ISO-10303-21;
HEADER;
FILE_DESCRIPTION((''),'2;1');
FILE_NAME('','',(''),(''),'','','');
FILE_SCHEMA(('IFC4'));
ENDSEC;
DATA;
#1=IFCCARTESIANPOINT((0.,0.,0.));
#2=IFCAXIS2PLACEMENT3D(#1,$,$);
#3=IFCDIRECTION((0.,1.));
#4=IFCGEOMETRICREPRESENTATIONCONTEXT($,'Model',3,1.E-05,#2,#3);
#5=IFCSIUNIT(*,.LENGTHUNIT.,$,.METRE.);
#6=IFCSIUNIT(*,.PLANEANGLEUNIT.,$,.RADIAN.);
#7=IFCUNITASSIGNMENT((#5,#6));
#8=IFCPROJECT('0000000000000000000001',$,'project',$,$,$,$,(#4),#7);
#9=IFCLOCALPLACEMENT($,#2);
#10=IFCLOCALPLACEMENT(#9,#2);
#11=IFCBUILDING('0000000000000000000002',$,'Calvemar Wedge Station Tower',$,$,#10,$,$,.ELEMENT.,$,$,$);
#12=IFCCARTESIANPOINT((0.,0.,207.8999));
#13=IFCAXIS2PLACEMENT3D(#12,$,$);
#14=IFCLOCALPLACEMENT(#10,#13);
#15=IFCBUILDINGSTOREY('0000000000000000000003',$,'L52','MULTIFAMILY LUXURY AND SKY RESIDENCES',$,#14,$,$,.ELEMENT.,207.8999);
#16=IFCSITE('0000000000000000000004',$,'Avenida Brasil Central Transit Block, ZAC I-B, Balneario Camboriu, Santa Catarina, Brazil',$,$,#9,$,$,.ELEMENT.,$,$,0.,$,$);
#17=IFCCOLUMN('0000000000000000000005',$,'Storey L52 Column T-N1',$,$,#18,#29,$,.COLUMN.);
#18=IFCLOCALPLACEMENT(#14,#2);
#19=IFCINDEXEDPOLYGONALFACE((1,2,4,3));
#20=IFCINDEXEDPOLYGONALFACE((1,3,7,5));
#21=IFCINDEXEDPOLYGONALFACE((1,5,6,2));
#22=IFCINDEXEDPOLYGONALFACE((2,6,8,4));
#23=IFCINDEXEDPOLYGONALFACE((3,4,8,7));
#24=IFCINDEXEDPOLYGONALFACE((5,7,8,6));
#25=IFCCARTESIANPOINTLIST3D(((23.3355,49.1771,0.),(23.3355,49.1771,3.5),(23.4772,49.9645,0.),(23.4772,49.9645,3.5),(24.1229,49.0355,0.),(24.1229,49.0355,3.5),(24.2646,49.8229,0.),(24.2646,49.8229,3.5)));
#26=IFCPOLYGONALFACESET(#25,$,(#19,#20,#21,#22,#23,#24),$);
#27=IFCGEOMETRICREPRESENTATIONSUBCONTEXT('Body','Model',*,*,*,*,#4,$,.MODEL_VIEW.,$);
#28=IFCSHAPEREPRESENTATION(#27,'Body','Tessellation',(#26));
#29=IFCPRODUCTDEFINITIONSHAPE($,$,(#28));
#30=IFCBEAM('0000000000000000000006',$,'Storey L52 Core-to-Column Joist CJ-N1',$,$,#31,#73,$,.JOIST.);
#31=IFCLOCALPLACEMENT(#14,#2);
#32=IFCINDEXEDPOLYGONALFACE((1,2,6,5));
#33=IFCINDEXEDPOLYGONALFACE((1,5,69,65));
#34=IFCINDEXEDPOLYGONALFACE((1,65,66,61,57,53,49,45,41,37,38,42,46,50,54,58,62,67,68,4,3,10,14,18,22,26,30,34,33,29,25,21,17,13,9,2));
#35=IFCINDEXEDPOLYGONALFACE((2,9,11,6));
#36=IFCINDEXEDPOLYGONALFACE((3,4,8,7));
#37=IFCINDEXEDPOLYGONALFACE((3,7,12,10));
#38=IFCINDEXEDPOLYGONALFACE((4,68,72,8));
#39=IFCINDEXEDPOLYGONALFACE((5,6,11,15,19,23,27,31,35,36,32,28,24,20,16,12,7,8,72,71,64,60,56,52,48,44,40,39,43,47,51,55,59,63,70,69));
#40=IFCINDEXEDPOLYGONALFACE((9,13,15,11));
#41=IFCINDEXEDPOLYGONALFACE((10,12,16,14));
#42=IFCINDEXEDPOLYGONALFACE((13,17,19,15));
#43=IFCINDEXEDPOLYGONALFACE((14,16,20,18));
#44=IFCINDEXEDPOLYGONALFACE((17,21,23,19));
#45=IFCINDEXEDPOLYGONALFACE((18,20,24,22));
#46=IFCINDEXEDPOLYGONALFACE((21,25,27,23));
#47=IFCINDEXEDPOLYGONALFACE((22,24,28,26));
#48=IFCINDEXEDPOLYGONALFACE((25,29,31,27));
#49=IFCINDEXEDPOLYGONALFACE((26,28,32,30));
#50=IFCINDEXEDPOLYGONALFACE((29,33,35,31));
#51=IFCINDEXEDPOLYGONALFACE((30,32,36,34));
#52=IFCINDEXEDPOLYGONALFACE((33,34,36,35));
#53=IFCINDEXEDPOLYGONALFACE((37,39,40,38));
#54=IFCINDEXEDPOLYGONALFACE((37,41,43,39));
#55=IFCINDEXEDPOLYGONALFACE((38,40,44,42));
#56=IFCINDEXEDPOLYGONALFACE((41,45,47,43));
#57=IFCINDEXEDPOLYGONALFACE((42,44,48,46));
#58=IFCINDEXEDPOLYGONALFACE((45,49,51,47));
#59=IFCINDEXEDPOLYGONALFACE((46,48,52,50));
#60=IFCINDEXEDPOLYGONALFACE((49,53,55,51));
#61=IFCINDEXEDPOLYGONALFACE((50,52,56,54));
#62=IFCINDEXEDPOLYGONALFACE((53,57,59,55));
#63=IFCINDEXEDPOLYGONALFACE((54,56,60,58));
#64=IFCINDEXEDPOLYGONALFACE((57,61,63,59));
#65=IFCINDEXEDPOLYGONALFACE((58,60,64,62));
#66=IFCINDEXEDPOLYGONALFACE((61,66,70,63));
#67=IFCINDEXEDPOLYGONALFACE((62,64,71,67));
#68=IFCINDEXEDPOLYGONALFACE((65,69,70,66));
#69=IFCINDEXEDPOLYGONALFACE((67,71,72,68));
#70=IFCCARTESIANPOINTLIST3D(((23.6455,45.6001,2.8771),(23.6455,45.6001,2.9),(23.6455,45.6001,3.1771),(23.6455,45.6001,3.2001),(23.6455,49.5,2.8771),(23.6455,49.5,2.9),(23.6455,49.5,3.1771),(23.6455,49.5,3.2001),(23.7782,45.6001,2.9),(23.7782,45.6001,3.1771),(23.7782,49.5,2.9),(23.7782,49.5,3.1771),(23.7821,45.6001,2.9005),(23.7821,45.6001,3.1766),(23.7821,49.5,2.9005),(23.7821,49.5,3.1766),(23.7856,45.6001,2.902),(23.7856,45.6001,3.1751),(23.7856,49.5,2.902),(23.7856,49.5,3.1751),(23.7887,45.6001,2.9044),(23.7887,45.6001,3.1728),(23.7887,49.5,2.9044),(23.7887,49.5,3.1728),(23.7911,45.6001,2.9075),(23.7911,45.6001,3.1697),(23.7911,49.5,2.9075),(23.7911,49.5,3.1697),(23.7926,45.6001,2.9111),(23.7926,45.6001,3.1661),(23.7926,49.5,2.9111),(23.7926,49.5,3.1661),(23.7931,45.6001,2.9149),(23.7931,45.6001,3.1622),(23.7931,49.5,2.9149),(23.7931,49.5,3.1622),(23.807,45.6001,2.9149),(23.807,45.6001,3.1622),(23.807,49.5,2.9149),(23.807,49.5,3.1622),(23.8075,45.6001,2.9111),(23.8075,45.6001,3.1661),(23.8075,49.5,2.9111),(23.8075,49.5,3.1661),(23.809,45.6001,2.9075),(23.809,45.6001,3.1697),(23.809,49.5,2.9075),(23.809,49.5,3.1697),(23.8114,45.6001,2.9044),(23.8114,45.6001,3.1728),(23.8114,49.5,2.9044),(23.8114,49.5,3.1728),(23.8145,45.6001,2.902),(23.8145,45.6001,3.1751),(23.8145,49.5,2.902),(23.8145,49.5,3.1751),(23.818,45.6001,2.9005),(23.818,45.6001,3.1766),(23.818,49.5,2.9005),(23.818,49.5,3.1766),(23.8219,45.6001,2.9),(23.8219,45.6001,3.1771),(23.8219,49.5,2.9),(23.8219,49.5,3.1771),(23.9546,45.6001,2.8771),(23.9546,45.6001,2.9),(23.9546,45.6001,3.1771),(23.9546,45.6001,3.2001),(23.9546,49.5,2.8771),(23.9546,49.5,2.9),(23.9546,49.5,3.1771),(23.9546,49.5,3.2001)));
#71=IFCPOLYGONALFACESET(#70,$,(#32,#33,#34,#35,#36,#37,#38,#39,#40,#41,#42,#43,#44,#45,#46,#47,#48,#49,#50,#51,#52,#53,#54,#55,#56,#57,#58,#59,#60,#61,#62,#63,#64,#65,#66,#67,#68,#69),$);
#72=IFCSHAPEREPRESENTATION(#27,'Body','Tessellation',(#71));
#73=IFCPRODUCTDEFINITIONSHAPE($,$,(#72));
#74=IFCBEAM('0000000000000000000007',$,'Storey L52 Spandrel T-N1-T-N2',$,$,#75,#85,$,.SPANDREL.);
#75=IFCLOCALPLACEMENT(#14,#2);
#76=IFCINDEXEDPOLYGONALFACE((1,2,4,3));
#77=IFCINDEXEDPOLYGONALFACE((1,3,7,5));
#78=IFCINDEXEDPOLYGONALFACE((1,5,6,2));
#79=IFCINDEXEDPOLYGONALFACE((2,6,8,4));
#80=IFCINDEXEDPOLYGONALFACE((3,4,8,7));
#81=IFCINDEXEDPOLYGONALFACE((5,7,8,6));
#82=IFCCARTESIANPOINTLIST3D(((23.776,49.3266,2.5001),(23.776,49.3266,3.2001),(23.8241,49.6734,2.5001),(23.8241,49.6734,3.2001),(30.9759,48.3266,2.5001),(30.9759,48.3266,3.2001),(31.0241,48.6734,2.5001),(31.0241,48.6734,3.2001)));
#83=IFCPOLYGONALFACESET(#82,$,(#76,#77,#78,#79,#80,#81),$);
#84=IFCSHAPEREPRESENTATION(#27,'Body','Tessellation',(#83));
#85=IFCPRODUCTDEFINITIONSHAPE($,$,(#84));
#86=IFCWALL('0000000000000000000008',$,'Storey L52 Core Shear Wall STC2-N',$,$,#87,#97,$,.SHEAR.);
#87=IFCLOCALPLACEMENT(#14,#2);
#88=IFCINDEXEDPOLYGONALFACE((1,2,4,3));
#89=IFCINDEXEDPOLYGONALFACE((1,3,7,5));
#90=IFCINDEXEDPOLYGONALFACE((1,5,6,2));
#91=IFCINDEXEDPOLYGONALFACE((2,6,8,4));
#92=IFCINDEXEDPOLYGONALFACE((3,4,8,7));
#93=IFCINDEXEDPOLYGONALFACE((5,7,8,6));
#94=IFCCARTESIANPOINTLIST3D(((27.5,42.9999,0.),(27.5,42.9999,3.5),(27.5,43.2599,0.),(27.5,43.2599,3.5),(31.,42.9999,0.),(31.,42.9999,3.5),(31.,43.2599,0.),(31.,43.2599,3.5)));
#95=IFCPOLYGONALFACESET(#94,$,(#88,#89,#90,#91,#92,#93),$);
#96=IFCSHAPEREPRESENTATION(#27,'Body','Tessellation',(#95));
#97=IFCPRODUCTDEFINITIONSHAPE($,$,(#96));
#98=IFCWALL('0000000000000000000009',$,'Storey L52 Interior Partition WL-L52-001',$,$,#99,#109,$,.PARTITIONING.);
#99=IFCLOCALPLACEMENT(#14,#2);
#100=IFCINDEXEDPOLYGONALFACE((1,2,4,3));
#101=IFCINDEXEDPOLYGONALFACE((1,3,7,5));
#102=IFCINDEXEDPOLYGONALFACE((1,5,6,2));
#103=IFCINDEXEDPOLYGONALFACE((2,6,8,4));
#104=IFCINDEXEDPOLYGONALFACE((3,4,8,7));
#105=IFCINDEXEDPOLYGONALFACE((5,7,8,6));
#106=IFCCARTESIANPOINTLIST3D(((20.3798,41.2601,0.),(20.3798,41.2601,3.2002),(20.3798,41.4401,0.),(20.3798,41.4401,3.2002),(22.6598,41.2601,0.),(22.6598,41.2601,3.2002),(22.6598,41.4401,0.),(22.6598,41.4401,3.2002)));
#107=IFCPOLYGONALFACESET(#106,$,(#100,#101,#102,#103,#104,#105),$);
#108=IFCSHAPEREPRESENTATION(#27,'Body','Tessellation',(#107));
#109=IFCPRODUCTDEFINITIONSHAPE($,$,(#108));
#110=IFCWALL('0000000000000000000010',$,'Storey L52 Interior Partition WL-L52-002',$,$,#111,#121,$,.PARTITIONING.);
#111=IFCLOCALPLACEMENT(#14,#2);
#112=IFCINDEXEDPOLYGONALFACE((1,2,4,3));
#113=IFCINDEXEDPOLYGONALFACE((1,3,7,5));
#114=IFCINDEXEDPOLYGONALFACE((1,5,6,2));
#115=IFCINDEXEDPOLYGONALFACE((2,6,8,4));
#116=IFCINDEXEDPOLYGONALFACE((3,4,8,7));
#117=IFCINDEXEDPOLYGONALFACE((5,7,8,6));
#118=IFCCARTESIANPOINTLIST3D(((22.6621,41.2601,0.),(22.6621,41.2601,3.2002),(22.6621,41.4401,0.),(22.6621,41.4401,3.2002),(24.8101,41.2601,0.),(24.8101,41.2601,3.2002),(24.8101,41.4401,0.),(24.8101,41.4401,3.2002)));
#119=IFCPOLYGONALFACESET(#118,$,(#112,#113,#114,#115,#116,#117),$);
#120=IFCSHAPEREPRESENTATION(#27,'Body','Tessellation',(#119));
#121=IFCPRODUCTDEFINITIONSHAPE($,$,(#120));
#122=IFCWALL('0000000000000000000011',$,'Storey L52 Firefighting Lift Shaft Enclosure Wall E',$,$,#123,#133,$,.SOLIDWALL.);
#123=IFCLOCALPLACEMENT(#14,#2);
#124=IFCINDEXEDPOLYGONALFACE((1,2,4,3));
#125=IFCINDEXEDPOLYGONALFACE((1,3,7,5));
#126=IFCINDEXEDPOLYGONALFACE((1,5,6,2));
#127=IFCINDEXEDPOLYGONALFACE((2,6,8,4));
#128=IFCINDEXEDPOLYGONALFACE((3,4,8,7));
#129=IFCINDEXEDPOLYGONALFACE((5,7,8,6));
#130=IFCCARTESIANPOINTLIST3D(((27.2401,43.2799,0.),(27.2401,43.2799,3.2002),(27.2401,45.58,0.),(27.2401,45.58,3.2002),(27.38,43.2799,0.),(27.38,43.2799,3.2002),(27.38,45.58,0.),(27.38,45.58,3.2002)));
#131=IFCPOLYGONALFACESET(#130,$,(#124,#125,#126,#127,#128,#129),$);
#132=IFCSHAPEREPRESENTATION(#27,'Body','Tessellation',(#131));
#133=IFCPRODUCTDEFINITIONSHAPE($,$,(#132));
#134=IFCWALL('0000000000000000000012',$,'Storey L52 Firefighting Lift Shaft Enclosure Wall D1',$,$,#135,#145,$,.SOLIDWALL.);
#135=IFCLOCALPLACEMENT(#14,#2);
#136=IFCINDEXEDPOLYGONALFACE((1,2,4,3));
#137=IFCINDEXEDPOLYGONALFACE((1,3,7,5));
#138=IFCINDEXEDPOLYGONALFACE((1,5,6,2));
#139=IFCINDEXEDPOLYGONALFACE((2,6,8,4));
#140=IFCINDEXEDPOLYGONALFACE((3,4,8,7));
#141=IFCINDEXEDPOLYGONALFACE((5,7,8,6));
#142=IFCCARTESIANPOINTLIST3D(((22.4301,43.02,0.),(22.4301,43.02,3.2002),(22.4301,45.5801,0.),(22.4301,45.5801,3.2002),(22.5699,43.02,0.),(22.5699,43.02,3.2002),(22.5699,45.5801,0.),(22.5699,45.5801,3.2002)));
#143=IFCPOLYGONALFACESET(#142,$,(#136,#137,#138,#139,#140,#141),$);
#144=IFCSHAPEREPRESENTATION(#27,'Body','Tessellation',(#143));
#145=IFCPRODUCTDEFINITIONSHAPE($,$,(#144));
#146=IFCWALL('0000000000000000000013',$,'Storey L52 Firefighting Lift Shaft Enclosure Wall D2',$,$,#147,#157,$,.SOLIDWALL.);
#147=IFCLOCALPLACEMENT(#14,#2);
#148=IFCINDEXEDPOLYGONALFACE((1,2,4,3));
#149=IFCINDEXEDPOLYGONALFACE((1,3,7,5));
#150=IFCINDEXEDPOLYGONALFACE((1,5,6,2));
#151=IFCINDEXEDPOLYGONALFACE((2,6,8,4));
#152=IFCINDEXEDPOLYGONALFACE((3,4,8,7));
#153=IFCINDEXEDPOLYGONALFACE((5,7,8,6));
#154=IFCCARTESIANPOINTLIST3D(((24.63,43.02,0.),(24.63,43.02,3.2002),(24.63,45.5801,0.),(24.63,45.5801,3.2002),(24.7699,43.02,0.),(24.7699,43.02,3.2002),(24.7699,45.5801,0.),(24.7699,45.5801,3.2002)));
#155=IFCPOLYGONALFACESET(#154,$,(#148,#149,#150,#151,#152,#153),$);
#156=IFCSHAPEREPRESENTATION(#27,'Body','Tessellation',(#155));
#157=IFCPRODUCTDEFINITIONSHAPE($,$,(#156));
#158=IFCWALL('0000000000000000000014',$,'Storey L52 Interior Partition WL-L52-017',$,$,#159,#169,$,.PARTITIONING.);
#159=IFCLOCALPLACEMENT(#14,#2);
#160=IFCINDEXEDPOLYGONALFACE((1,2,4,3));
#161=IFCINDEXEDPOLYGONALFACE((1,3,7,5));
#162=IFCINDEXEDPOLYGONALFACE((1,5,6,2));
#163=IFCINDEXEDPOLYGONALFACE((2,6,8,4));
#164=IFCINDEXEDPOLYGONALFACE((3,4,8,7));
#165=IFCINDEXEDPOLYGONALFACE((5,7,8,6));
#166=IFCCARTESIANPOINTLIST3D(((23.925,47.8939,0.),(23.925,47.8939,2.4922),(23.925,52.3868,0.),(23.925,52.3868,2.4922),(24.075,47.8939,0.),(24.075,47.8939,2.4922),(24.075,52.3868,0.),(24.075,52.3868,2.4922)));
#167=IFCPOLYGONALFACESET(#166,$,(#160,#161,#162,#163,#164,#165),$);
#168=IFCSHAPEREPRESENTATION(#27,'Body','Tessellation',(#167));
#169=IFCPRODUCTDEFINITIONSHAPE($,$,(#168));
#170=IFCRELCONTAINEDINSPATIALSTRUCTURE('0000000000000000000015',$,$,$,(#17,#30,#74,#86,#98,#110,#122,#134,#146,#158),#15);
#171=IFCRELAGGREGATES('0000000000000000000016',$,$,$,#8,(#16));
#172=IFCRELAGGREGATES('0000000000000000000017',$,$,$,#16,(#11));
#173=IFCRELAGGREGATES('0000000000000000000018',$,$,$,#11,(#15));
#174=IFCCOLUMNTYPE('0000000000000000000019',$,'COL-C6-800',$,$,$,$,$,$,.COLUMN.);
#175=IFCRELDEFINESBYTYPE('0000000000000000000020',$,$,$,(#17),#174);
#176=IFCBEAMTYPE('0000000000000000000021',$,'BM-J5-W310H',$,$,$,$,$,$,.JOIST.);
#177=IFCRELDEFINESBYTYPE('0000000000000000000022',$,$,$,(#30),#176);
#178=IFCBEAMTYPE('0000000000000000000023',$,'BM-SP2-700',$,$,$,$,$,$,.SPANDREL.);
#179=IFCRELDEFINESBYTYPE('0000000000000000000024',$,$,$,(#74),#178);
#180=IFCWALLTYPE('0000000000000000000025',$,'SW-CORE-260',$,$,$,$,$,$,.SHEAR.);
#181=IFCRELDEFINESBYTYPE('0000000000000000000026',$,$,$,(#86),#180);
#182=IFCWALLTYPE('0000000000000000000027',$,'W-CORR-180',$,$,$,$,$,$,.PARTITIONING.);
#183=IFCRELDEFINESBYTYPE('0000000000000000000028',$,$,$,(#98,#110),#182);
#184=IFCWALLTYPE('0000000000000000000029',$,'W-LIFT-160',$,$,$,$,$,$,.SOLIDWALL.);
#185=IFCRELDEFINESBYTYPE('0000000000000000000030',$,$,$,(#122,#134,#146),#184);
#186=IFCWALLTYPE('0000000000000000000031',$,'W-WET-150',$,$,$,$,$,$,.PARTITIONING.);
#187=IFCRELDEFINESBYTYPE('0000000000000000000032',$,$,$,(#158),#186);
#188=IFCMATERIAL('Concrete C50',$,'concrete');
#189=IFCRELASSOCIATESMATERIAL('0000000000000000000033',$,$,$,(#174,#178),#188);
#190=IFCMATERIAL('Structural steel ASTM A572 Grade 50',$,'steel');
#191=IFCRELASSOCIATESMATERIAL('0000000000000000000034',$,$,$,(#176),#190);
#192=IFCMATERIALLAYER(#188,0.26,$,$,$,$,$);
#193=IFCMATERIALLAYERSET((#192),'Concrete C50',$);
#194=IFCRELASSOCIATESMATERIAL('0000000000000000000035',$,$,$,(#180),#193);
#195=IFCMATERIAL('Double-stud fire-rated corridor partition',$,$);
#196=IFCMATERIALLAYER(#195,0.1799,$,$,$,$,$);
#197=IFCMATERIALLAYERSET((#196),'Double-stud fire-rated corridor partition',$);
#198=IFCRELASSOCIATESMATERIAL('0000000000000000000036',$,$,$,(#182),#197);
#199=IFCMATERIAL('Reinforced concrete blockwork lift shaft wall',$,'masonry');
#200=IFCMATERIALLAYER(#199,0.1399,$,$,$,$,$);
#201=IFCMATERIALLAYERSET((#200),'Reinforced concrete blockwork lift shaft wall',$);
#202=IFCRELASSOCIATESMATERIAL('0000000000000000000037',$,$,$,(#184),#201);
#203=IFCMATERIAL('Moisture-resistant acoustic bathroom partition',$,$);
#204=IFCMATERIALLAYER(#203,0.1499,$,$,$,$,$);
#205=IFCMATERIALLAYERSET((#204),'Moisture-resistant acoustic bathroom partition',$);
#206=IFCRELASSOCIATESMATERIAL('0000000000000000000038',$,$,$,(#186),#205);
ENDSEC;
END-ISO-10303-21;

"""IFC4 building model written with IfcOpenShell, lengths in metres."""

from ifc_helpers import new_model, si_unit, direction, frame, frame_2d, origin, origin_2d, place, context, subcontext, project, spatial, rectangle, i_section, extrude, source, transform, mapped, material, layer, layer_set, material_profile, profile_set, type_object, element, save


model = new_model("IFC4")

# Units and contexts
model_context = context("Model", 3, precision=1e-05, world=origin(), true_north=direction((0.0, 1.0)))
body_context = subcontext(model_context, "Body", "Model", "MODEL_VIEW")
ifc_project = project(units=[si_unit("LENGTHUNIT", "METRE"), si_unit("PLANEANGLEUNIT", "RADIAN")], contexts=[model_context])

# Site, building, storey
site_placement = place(None, origin())
site = spatial("IfcSite", under=ifc_project, at=site_placement, Name="Avenida Brasil Central Transit Block, ZAC I-B, Balneario Camboriu, Santa Catarina, Brazil", CompositionType="ELEMENT", RefElevation=0.0)
building_placement = place(site_placement, origin())
building = spatial("IfcBuilding", under=site, at=building_placement, Name="Calvemar Wedge Station Tower", CompositionType="ELEMENT")
storey_placement = place(building_placement, frame((0.0, 0.0, 207.8999)))
storey = spatial("IfcBuildingStorey", under=building, at=storey_placement, Name="L52", Description="MULTIFAMILY LUXURY AND SKY RESIDENCES", CompositionType="ELEMENT", Elevation=207.8999)

# Column
ifc_material_1 = material(Name="Concrete C50", Category="concrete")
ifc_material_profile_1 = material_profile(ifc_material_1, rectangle(XDim=0.8, YDim=0.8, at=origin_2d()), Name="RC800x800")
ifc_profile_set_1 = profile_set([ifc_material_profile_1], Name="Concrete C50")
column_type = type_object("IfcColumnType", Name="COL-C6-800", PredefinedType="COLUMN", material=ifc_profile_set_1)
shared_shape_1 = source(origin(), body_context, "Body", "SweptSolid", [
    extrude(rectangle(XDim=0.8, YDim=0.8, at=origin_2d()), origin(), (0.0, 0.0, 1.0), 3.5),
])
column_placement = place(storey_placement, frame((23.8, 49.5, 0.0), z_axis=(0.0, 0.0, 1.0), x_axis=(0.984196, -0.177085, 0.0)))
element("IfcColumn", 1, at=column_placement, inside=storey, type_object=column_type, Name="Storey L52 Column T-N1", PredefinedType="COLUMN", context=body_context, shape_type="MappedRepresentation", body=[
    mapped(shared_shape_1, transform((0.0, 0.0, 0.0), scale=1.0)),
])

# Beams
ifc_material_2 = material(Name="Structural steel ASTM A572 Grade 50", Category="steel")
ifc_material_profile_2 = material_profile(ifc_material_2, i_section(OverallWidth=0.3091, OverallDepth=0.323, WebThickness=0.0139, FlangeThickness=0.0229, FilletRadius=0.0149, at=origin_2d()), Name="W310x143")
ifc_profile_set_2 = profile_set([ifc_material_profile_2], Name="Structural steel ASTM A572 Grade 50")
beam_type_1 = type_object("IfcBeamType", Name="BM-J5-W310H", PredefinedType="JOIST", material=ifc_profile_set_2)
shared_shape_2 = source(origin(), body_context, "Body", "SweptSolid", [
    extrude(i_section(OverallWidth=0.3091, OverallDepth=0.323, WebThickness=0.0139, FlangeThickness=0.0229, FilletRadius=0.0149, at=origin_2d()), origin(), (0.0, 0.0, 1.0), 3.8999),
])
beam_1_placement = place(storey_placement, frame((23.8, 45.6001, 3.0386), z_axis=(0.0, 1.0, 0.0), x_axis=(-1.0, 0.0, 0.0)))
element("IfcBeam", 2, at=beam_1_placement, inside=storey, type_object=beam_type_1, Name="Storey L52 Core-to-Column Joist CJ-N1", PredefinedType="JOIST", context=body_context, shape_type="MappedRepresentation", body=[
    mapped(shared_shape_2, transform((0.0, 0.0, 0.0), scale=1.0)),
])
ifc_material_profile_3 = material_profile(ifc_material_1, rectangle(XDim=0.3501, YDim=0.7, at=origin_2d()), Name="RC350x700")
ifc_profile_set_3 = profile_set([ifc_material_profile_3], Name="Concrete C50")
beam_type_2 = type_object("IfcBeamType", Name="BM-SP2-700", PredefinedType="SPANDREL", material=ifc_profile_set_3)
shared_shape_3 = source(origin(), body_context, "Body", "SweptSolid", [
    extrude(rectangle(XDim=0.3501, YDim=0.7, at=origin_2d()), origin(), (0.0, 0.0, 1.0), 7.269),
])
beam_2_placement = place(storey_placement, frame((23.8, 49.5, 2.8501), z_axis=(0.990492, -0.137569, 0.0), x_axis=(0.137569, 0.990492, 0.0)))
element("IfcBeam", 3, at=beam_2_placement, inside=storey, type_object=beam_type_2, Name="Storey L52 Spandrel T-N1-T-N2", PredefinedType="SPANDREL", context=body_context, shape_type="MappedRepresentation", body=[
    mapped(shared_shape_3, transform((0.0, 0.0, 0.0), scale=1.0)),
])

# Walls
ifc_layer_1 = layer(ifc_material_1, 0.26)
ifc_layer_set_1 = layer_set([ifc_layer_1], Name="Concrete C50")
wall_type_1 = type_object("IfcWallType", Name="SW-CORE-260", PredefinedType="SHEAR", material=ifc_layer_set_1)
wall_1_placement = place(storey_placement, frame((27.5, 43.1299, 0.0), z_axis=(0.0, 0.0, 1.0), x_axis=(1.0, 0.0, 0.0)))
element("IfcWall", 4, at=wall_1_placement, inside=storey, type_object=wall_type_1, Name="Storey L52 Core Shear Wall STC2-N", PredefinedType="SHEAR", context=body_context, shape_type="SweptSolid", body=[
    extrude(rectangle(XDim=3.5, YDim=0.26, at=frame_2d((1.75, 0.0))), origin(), (0.0, 0.0, 1.0), 3.5),
])
ifc_material_3 = material(Name="Double-stud fire-rated corridor partition")
ifc_layer_2 = layer(ifc_material_3, 0.1799)
ifc_layer_set_2 = layer_set([ifc_layer_2], Name="Double-stud fire-rated corridor partition")
wall_type_2 = type_object("IfcWallType", Name="W-CORR-180", PredefinedType="PARTITIONING", material=ifc_layer_set_2)
wall_2_placement = place(storey_placement, frame((22.6599, 41.3501, 0.0), z_axis=(0.0, 0.0, 1.0), x_axis=(-1.0, 0.0, 0.0)))
element("IfcWall", 5, at=wall_2_placement, inside=storey, type_object=wall_type_2, Name="Storey L52 Interior Partition WL-L52-001", PredefinedType="PARTITIONING", context=body_context, shape_type="SweptSolid", body=[
    extrude(rectangle(XDim=2.28, YDim=0.1799, at=frame_2d((1.1401, 0.0))), origin(), (0.0, 0.0, 1.0), 3.2002),
])
wall_3_placement = place(storey_placement, frame((24.8101, 41.3501, 0.0), z_axis=(0.0, 0.0, 1.0), x_axis=(-1.0, 0.0, 0.0)))
element("IfcWall", 6, at=wall_3_placement, inside=storey, type_object=wall_type_2, Name="Storey L52 Interior Partition WL-L52-002", PredefinedType="PARTITIONING", context=body_context, shape_type="SweptSolid", body=[
    extrude(rectangle(XDim=2.1479, YDim=0.1799, at=frame_2d((1.074, 0.0))), origin(), (0.0, 0.0, 1.0), 3.2002),
])

# Walls
ifc_material_4 = material(Name="Reinforced concrete blockwork lift shaft wall", Category="masonry")
ifc_layer_3 = layer(ifc_material_4, 0.1399)
ifc_layer_set_3 = layer_set([ifc_layer_3], Name="Reinforced concrete blockwork lift shaft wall")
wall_type_3 = type_object("IfcWallType", Name="W-LIFT-160", PredefinedType="SOLIDWALL", material=ifc_layer_set_3)
wall_4_placement = place(storey_placement, frame((27.3101, 43.28, 0.0), z_axis=(0.0, 0.0, 1.0), x_axis=(0.0, 1.0, 0.0)))
element("IfcWall", 7, at=wall_4_placement, inside=storey, type_object=wall_type_3, Name="Storey L52 Firefighting Lift Shaft Enclosure Wall E", PredefinedType="SOLIDWALL", context=body_context, shape_type="SweptSolid", body=[
    extrude(rectangle(XDim=2.3, YDim=0.1399, at=frame_2d((1.1499, 0.0))), origin(), (0.0, 0.0, 1.0), 3.2002),
])
for number, where, z_axis, x_axis, name in (
    (8, (22.5, 43.02, 0.0), (0.0, 0.0, 1.0), (0.0, 1.0, 0.0), "Storey L52 Firefighting Lift Shaft Enclosure Wall D1"),
    (9, (24.7, 43.02, 0.0), (0.0, 0.0, 1.0), (0.0, 1.0, 0.0), "Storey L52 Firefighting Lift Shaft Enclosure Wall D2"),
):
    element("IfcWall", number, at=place(storey_placement, frame(where, z_axis=z_axis, x_axis=x_axis)), inside=storey, type_object=wall_type_3, Name=name, PredefinedType="SOLIDWALL", context=body_context, shape_type="SweptSolid", body=[
        extrude(rectangle(XDim=2.5601, YDim=0.1399, at=frame_2d((1.28, 0.0))), origin(), (0.0, 0.0, 1.0), 3.2002),
    ])
ifc_material_5 = material(Name="Moisture-resistant acoustic bathroom partition")
ifc_layer_4 = layer(ifc_material_5, 0.1499)
ifc_layer_set_4 = layer_set([ifc_layer_4], Name="Moisture-resistant acoustic bathroom partition")
wall_type_4 = type_object("IfcWallType", Name="W-WET-150", PredefinedType="PARTITIONING", material=ifc_layer_set_4)
wall_5_placement = place(storey_placement, frame((24.0, 52.387, 0.0), z_axis=(0.0, 0.0, 1.0), x_axis=(0.0, -1.0, 0.0)))
element("IfcWall", 10, at=wall_5_placement, inside=storey, type_object=wall_type_4, Name="Storey L52 Interior Partition WL-L52-017", PredefinedType="PARTITIONING", context=body_context, shape_type="SweptSolid", body=[
    extrude(rectangle(XDim=4.4929, YDim=0.1499, at=frame_2d((2.2466, 0.0))), origin(), (0.0, 0.0, 1.0), 2.4922),
])

save(model, "model.ifc")
